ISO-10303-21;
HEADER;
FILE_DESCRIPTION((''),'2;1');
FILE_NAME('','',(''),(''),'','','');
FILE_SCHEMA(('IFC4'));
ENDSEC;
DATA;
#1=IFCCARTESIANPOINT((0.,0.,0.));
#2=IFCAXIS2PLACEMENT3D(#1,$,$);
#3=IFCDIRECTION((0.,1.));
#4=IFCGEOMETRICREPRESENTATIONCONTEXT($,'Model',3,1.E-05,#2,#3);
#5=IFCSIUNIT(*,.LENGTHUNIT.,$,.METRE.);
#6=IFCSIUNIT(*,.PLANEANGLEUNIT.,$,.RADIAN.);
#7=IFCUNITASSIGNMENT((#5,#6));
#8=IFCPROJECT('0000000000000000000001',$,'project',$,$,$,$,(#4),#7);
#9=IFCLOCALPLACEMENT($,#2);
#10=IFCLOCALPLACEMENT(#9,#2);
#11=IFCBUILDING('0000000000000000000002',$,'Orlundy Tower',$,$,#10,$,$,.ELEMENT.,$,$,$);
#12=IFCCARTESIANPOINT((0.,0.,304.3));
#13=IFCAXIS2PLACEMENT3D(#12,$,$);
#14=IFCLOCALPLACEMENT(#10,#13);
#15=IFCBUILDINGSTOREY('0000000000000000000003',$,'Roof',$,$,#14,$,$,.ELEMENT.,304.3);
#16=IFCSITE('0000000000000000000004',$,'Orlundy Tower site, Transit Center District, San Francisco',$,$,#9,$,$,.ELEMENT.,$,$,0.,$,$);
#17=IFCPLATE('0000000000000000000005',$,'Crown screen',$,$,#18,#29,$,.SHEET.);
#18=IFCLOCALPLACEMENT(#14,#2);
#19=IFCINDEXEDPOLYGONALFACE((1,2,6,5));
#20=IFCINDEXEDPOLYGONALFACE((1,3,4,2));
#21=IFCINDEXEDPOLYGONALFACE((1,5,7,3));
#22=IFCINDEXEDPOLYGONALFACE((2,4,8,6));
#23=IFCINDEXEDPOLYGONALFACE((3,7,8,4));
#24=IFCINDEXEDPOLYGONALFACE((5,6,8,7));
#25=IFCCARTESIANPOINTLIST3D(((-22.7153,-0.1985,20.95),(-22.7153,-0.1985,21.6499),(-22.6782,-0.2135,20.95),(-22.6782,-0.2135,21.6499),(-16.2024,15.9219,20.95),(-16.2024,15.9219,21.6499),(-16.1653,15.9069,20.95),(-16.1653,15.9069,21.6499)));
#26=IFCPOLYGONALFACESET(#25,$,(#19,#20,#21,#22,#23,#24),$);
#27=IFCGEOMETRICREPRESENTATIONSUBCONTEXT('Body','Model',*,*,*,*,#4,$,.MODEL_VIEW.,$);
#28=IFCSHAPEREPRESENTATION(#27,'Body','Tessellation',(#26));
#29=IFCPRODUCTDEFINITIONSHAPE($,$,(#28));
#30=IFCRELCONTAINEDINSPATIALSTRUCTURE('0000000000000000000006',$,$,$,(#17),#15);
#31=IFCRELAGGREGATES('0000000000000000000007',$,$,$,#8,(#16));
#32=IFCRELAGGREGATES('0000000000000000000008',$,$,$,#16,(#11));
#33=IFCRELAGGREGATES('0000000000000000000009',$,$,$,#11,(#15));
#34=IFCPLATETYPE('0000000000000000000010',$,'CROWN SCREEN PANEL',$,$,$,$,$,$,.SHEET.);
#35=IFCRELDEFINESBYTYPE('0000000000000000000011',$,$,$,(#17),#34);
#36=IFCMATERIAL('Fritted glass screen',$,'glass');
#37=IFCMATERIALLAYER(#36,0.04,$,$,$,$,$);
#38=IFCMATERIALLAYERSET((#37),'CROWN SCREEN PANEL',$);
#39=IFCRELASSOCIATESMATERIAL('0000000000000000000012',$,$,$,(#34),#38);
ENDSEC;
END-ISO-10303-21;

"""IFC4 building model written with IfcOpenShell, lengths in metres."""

from ifc_helpers import new_model, si_unit, direction, frame, origin, place, context, subcontext, project, spatial, polyline, outline, extrude, material, layer, layer_set, type_object, element, save


model = new_model("IFC4")

# Units and contexts
model_context = context("Model", 3, precision=1e-05, world=origin(), true_north=direction((0.0, 1.0)))
body_context = subcontext(model_context, "Body", "Model", "MODEL_VIEW")
ifc_project = project(units=[si_unit("LENGTHUNIT", "METRE"), si_unit("PLANEANGLEUNIT", "RADIAN")], contexts=[model_context])

# Site, building, storey
site_placement = place(None, origin())
site = spatial("IfcSite", under=ifc_project, at=site_placement, Name="Orlundy Tower site, Transit Center District, San Francisco", CompositionType="ELEMENT", RefElevation=0.0)
building_placement = place(site_placement, origin())
building = spatial("IfcBuilding", under=site, at=building_placement, Name="Orlundy Tower", CompositionType="ELEMENT")
storey_placement = place(building_placement, frame((0.0, 0.0, 304.3)))
storey = spatial("IfcBuildingStorey", under=building, at=storey_placement, Name="Roof", CompositionType="ELEMENT", Elevation=304.3)

# Plate
ifc_material_1 = material(Name="Fritted glass screen", Category="glass")
ifc_layer = layer(ifc_material_1, 0.04)
ifc_layer_set = layer_set([ifc_layer], Name="CROWN SCREEN PANEL")
plate_type = type_object("IfcPlateType", Name="CROWN SCREEN PANEL", PredefinedType="SHEET", material=ifc_layer_set)
plate_placement = place(storey_placement, frame((-16.2024, 15.9219, 20.95), z_axis=(-0.927186, 0.374601, 0.0), x_axis=(-0.374601, -0.927186, 0.0)))
element("IfcPlate", 1, at=plate_placement, inside=storey, type_object=plate_type, Name="Crown screen", PredefinedType="SHEET", context=body_context, shape_type="SweptSolid", body=[
    extrude(outline(polyline([(0.0, 0.0), (17.3863, 0.0), (17.3863, 0.7), (0.0, 0.7), (0.0, 0.0)])), origin(), (0.0, 0.0, -1.0), 0.04),
])

save(model, "model.ifc")
